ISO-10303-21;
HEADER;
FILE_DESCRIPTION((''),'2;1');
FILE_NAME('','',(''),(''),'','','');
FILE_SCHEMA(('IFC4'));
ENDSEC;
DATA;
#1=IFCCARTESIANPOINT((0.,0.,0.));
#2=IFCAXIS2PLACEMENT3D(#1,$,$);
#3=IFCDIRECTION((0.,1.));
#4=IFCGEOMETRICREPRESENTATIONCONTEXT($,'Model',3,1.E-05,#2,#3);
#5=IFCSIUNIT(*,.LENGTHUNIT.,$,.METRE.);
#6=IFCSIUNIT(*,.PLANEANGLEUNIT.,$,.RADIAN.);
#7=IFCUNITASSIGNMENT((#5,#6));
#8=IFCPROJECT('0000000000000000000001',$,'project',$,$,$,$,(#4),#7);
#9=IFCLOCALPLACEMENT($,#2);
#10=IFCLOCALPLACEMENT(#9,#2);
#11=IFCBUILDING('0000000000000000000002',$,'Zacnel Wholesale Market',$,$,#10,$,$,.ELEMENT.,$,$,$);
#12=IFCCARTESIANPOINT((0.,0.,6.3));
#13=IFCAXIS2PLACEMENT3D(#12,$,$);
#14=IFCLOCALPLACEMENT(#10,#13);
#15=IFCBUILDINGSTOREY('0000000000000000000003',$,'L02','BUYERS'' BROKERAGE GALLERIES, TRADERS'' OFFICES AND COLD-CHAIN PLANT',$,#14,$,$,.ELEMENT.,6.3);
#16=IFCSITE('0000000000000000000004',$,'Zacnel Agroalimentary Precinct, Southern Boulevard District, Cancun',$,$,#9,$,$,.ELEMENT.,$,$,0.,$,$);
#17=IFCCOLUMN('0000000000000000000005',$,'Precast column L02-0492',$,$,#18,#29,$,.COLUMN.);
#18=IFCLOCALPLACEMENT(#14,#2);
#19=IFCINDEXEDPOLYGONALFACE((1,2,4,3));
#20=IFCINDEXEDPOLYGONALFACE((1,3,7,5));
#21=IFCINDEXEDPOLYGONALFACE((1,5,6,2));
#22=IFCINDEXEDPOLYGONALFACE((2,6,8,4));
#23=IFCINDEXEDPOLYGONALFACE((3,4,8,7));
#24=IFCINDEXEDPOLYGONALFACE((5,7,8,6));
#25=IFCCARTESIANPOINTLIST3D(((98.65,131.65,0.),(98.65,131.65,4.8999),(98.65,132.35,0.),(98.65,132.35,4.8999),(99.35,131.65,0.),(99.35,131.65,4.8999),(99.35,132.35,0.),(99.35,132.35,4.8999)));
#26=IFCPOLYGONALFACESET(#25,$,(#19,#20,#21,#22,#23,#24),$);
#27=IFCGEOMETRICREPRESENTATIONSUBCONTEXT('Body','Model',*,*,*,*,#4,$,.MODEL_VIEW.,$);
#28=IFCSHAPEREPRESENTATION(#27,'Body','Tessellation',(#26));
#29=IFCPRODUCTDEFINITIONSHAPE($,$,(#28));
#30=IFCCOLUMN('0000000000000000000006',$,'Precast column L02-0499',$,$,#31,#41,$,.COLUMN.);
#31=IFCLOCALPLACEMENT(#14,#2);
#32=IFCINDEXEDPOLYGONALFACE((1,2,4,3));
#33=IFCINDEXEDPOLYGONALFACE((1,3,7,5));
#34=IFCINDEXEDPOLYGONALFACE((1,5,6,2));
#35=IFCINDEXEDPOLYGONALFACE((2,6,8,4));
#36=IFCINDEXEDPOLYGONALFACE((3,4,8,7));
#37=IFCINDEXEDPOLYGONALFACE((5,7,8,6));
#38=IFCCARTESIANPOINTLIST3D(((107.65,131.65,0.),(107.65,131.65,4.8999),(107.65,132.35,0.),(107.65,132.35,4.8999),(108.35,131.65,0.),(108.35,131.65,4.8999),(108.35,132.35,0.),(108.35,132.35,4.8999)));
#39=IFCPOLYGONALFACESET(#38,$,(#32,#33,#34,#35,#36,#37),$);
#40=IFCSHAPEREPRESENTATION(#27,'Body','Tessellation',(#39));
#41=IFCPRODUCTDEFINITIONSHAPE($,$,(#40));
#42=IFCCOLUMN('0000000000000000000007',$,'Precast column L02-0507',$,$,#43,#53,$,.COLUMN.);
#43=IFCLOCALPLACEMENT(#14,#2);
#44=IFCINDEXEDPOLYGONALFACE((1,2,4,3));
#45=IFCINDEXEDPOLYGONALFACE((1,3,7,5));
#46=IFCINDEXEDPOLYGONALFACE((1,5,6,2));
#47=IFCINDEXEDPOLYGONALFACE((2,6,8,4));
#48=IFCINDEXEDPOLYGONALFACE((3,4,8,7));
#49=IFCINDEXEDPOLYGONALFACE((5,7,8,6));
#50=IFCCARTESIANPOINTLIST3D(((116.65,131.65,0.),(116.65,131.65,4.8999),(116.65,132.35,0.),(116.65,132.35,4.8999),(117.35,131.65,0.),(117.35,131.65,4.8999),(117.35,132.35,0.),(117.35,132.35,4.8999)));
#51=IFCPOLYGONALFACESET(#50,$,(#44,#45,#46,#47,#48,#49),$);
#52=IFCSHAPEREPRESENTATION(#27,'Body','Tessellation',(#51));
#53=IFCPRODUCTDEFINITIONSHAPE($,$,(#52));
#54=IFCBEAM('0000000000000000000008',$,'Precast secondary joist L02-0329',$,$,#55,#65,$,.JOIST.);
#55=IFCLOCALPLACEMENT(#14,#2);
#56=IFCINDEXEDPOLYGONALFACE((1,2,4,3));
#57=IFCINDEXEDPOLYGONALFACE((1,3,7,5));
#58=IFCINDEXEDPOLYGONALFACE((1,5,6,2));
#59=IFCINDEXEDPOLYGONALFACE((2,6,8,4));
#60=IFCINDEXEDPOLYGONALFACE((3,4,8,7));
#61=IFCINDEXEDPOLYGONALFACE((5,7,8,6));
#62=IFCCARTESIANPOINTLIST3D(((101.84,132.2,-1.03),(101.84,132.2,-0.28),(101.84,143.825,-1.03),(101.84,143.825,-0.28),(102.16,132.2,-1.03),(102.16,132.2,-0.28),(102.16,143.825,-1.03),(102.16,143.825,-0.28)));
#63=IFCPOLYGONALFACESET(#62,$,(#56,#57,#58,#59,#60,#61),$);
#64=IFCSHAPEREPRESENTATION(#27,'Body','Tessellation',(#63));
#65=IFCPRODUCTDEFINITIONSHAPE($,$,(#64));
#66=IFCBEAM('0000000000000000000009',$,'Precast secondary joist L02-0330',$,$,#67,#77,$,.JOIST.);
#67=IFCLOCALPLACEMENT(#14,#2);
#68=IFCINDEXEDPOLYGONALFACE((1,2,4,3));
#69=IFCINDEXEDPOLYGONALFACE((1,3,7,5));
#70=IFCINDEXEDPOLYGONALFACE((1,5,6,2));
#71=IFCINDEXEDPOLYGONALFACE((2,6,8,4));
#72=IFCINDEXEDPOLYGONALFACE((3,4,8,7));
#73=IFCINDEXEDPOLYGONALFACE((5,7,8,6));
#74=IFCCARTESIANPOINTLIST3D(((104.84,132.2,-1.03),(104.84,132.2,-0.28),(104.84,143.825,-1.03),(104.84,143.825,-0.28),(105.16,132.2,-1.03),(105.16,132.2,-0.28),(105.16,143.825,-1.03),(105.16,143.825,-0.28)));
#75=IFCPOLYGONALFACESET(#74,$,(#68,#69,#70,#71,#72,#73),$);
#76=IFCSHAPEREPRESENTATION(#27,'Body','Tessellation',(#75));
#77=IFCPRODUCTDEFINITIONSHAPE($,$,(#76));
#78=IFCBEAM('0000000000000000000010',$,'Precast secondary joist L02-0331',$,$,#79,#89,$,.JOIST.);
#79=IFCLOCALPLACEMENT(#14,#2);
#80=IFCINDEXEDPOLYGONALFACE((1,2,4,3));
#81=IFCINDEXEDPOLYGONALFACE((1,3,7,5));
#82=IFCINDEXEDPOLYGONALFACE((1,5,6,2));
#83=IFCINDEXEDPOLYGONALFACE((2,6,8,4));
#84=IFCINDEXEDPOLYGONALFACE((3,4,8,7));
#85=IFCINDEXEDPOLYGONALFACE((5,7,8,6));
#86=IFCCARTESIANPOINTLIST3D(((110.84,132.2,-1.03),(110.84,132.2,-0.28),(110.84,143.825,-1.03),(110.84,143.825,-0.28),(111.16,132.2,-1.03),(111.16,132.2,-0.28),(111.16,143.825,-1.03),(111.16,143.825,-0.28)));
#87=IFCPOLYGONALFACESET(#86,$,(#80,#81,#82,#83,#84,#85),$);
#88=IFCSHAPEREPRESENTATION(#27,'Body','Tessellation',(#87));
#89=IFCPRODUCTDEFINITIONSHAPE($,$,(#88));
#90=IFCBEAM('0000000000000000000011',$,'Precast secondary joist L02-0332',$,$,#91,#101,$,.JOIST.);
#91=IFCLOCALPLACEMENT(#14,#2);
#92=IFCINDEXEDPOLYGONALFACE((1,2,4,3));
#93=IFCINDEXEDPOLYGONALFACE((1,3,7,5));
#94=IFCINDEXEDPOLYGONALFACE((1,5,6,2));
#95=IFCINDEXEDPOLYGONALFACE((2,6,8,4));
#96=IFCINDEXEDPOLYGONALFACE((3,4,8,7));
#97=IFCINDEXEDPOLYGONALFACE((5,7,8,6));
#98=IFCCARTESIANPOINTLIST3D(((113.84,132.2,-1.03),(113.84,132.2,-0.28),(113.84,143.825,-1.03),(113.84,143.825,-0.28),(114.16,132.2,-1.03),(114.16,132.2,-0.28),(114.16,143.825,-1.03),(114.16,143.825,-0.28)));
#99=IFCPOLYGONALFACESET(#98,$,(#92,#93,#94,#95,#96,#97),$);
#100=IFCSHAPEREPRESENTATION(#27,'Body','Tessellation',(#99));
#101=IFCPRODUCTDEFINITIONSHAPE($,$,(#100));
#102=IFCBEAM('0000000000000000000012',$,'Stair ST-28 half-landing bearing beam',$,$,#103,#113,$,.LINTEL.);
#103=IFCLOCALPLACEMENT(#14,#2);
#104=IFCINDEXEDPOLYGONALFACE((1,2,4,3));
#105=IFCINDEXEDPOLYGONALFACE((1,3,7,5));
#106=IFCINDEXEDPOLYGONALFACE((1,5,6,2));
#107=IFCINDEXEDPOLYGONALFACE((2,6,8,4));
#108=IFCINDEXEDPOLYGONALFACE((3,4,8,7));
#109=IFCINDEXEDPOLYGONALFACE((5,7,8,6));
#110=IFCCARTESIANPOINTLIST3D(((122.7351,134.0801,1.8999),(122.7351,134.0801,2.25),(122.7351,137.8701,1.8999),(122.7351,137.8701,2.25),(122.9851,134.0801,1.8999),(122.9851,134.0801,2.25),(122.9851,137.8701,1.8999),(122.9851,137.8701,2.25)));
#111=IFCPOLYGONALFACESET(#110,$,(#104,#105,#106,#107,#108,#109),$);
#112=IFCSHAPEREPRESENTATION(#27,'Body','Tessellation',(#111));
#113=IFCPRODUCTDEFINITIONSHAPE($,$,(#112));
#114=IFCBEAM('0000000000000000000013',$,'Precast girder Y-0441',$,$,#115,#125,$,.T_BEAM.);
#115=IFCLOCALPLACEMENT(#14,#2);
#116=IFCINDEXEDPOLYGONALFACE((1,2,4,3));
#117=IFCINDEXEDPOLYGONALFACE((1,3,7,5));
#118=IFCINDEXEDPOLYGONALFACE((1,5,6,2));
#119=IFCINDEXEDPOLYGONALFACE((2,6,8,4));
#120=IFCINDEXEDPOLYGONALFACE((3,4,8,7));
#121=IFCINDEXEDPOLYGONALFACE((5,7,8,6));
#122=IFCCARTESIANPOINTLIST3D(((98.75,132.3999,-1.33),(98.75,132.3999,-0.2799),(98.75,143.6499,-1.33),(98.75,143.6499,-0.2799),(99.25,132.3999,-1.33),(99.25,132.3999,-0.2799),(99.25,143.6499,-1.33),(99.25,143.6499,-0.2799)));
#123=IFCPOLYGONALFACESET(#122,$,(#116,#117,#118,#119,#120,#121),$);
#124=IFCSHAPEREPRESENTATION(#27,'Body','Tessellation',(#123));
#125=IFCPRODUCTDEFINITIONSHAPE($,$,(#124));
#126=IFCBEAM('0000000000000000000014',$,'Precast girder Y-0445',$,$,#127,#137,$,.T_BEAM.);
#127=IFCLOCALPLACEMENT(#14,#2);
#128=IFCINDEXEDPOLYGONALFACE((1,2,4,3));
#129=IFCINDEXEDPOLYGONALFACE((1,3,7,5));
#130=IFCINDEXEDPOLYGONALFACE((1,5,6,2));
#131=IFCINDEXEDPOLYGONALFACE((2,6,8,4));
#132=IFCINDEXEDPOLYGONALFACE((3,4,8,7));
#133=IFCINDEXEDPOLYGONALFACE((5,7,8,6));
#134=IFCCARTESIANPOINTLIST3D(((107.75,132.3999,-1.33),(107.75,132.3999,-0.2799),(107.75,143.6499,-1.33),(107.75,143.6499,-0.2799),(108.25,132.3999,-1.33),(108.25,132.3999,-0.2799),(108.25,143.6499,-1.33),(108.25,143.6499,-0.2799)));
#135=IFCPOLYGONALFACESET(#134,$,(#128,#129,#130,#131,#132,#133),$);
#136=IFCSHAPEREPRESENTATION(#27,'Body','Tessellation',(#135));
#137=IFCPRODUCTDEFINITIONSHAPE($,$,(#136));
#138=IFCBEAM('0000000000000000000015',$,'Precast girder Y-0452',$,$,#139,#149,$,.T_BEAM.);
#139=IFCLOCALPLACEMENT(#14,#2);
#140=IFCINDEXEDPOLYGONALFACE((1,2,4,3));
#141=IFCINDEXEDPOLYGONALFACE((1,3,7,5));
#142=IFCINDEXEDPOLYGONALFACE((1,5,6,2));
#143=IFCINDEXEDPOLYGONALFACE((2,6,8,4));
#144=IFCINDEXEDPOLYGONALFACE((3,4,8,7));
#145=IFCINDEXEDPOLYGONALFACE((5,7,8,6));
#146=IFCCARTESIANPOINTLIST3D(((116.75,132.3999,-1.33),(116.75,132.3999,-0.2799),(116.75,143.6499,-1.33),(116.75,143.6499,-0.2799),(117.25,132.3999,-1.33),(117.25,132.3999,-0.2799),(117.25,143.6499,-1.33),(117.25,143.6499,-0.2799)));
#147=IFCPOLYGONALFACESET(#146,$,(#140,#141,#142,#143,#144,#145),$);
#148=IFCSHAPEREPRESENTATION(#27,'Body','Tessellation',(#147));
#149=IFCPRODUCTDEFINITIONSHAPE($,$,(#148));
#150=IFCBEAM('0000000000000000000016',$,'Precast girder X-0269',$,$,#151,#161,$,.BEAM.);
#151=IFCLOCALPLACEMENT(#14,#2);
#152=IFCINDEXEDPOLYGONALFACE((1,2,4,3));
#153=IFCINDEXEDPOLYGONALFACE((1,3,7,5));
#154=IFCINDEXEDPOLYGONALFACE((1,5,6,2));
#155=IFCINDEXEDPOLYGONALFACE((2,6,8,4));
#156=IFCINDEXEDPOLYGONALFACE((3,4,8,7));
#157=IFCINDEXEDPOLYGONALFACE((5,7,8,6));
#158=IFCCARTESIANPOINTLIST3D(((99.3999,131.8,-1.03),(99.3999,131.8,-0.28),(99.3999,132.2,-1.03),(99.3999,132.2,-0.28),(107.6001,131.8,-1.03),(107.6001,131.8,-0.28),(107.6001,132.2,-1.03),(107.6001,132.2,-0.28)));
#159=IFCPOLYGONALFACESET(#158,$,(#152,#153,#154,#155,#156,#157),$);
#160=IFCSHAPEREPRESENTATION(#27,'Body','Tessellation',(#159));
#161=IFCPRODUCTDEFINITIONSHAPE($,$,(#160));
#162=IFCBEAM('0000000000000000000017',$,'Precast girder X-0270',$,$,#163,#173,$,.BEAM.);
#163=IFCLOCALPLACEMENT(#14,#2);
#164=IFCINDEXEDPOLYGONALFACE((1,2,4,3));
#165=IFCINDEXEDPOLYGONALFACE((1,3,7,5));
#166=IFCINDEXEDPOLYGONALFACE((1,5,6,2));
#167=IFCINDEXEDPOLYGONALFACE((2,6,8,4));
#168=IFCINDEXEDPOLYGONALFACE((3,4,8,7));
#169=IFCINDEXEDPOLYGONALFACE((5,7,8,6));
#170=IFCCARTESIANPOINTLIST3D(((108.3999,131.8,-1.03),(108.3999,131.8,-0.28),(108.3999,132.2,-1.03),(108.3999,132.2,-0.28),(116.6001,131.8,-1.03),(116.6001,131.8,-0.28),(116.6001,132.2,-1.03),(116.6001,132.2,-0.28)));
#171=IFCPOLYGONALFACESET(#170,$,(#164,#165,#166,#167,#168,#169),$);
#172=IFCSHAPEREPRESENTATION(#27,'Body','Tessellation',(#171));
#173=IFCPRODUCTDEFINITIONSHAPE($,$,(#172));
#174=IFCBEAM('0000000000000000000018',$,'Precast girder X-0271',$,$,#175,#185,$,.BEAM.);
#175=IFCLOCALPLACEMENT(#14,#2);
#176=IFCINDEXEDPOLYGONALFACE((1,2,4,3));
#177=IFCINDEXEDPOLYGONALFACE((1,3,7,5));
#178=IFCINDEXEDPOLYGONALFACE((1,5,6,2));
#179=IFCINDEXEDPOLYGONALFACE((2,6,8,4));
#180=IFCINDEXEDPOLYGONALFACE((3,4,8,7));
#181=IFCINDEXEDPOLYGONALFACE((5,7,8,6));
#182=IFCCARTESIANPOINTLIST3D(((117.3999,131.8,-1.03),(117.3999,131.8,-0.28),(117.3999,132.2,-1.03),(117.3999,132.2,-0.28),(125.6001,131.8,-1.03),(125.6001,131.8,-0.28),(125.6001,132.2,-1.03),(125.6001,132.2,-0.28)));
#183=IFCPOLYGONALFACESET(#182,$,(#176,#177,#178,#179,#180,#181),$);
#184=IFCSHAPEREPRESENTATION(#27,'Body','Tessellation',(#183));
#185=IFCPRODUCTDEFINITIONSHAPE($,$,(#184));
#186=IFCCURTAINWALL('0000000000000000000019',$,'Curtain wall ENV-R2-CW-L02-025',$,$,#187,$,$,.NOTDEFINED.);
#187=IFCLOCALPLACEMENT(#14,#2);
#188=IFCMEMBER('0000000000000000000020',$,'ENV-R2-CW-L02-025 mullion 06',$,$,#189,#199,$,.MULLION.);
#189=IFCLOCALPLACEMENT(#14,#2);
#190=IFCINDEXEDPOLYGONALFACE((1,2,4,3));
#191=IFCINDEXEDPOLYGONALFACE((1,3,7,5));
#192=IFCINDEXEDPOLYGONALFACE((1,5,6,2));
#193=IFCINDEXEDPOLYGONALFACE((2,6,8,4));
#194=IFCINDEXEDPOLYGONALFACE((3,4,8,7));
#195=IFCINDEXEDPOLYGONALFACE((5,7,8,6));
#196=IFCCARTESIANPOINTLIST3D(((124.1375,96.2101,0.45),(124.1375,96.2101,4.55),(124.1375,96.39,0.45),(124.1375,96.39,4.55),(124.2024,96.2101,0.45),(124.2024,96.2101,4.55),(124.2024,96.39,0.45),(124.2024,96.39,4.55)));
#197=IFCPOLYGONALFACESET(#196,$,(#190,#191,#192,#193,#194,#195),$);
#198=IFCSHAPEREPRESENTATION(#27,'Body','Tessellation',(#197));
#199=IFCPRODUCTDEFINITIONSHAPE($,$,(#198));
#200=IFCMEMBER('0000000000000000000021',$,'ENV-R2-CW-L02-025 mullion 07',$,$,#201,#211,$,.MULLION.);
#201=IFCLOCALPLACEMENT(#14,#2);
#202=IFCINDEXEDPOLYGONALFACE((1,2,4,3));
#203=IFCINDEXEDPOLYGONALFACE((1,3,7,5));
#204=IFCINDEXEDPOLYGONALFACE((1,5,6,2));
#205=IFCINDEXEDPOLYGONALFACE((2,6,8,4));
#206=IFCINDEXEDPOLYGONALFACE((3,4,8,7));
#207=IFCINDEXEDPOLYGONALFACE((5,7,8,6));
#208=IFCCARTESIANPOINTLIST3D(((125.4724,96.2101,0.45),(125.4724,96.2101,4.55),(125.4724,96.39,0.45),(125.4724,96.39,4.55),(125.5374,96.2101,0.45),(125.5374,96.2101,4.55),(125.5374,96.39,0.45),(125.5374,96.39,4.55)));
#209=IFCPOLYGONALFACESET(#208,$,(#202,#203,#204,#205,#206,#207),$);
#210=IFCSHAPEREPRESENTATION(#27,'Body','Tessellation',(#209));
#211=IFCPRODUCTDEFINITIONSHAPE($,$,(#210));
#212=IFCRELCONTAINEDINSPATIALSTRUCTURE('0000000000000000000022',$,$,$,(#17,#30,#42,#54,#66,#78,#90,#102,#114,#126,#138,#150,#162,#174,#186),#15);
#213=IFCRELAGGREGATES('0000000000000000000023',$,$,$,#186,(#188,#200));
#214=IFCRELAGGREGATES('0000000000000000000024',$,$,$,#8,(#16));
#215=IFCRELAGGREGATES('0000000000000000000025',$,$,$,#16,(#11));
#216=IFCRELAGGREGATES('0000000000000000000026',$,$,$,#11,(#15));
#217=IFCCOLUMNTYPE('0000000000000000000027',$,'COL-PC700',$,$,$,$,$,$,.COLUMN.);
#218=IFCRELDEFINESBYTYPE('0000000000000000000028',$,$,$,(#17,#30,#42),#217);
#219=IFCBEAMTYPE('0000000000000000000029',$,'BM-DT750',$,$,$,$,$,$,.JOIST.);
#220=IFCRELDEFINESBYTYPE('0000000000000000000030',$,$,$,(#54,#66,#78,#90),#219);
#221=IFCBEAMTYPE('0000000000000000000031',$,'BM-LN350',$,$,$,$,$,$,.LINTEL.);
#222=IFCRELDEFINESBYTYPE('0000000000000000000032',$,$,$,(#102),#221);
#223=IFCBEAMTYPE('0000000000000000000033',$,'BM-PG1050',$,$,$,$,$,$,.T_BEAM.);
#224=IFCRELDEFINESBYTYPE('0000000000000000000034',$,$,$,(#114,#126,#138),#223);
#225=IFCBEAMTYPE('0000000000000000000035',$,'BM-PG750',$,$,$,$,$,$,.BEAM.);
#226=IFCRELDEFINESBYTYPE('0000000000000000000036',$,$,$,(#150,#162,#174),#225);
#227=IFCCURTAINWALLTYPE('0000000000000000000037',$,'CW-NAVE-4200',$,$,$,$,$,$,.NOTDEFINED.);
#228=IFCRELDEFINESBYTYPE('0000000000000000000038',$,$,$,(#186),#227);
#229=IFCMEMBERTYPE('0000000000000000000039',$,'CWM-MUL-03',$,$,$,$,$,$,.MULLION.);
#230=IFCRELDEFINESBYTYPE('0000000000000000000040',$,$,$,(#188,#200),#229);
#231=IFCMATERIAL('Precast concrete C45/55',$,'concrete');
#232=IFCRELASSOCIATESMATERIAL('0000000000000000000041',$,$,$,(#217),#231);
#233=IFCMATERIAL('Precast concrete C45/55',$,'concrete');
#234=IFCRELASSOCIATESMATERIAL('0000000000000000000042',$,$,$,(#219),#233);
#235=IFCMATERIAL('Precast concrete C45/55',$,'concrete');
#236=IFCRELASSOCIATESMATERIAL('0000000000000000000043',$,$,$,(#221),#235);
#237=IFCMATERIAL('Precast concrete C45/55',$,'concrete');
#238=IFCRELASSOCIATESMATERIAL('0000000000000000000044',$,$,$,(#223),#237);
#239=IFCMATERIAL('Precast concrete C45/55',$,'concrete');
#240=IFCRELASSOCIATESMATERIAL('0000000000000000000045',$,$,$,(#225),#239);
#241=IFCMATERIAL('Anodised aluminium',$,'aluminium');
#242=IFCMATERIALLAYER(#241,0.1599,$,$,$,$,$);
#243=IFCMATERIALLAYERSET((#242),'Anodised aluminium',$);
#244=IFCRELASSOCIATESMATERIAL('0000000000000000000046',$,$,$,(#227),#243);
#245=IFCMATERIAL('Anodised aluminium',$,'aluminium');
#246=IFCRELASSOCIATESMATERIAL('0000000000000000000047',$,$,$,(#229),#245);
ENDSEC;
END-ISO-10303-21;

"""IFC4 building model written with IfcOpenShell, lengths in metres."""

from ifc_helpers import new_model, si_unit, direction, frame, origin, origin_2d, place, context, subcontext, project, spatial, rectangle, extrude, material, layer, layer_set, material_profile, profile_set, type_object, element, aggregate, save


model = new_model("IFC4")

# Units and contexts
model_context = context("Model", 3, precision=1e-05, world=origin(), true_north=direction((0.0, 1.0)))
body_context = subcontext(model_context, "Body", "Model", "MODEL_VIEW")
ifc_project = project(units=[si_unit("LENGTHUNIT", "METRE"), si_unit("PLANEANGLEUNIT", "RADIAN")], contexts=[model_context])

# Site, building, storey
site_placement = place(None, origin())
site = spatial("IfcSite", under=ifc_project, at=site_placement, Name="Zacnel Agroalimentary Precinct, Southern Boulevard District, Cancun", CompositionType="ELEMENT", RefElevation=0.0)
building_placement = place(site_placement, origin())
building = spatial("IfcBuilding", under=site, at=building_placement, Name="Zacnel Wholesale Market", CompositionType="ELEMENT")
storey_placement = place(building_placement, frame((0.0, 0.0, 6.3)))
storey = spatial("IfcBuildingStorey", under=building, at=storey_placement, Name="L02", Description="BUYERS' BROKERAGE GALLERIES, TRADERS' OFFICES AND COLD-CHAIN PLANT", CompositionType="ELEMENT", Elevation=6.3)

# Columns
ifc_material_1 = material(Name="Precast concrete C45/55", Category="concrete")
ifc_material_profile_1 = material_profile(ifc_material_1, rectangle(XDim=0.7, YDim=0.7, at=origin_2d()), Name="PC 700x700")
ifc_profile_set_1 = profile_set([ifc_material_profile_1], Name="Precast concrete C45/55")
column_type = type_object("IfcColumnType", Name="COL-PC700", PredefinedType="COLUMN", material=ifc_profile_set_1)
for number, where, z_axis, x_axis, name in (
    (1, (99.0, 132.0, 0.0), (0.0, 0.0, 1.0), (1.0, 0.0, 0.0), "Precast column L02-0492"),
    (2, (108.0, 132.0, 0.0), (0.0, 0.0, 1.0), (1.0, 0.0, 0.0), "Precast column L02-0499"),
    (3, (117.0, 132.0, 0.0), (0.0, 0.0, 1.0), (1.0, 0.0, 0.0), "Precast column L02-0507"),
):
    element("IfcColumn", number, at=place(storey_placement, frame(where, z_axis=z_axis, x_axis=x_axis)), inside=storey, type_object=column_type, Name=name, PredefinedType="COLUMN", context=body_context, shape_type="SweptSolid", body=[
        extrude(rectangle(XDim=0.7, YDim=0.7, at=origin_2d()), origin(), (0.0, 0.0, 1.0), 4.8999),
    ])

# Beams
ifc_material_2 = material(Name="Precast concrete C45/55", Category="concrete")
ifc_material_profile_2 = material_profile(ifc_material_2, rectangle(XDim=0.3201, YDim=0.75, at=origin_2d()), Name="DT RIB 320x750")
ifc_profile_set_2 = profile_set([ifc_material_profile_2], Name="Precast concrete C45/55")
beam_type_1 = type_object("IfcBeamType", Name="BM-DT750", PredefinedType="JOIST", material=ifc_profile_set_2)
for number, where, z_axis, x_axis, name in (
    (4, (102.0, 132.2, -0.655), (0.0, 1.0, 0.0), (-1.0, 0.0, 0.0), "Precast secondary joist L02-0329"),
    (5, (105.0, 132.2, -0.655), (0.0, 1.0, 0.0), (-1.0, 0.0, 0.0), "Precast secondary joist L02-0330"),
    (6, (111.0, 132.2, -0.655), (0.0, 1.0, 0.0), (-1.0, 0.0, 0.0), "Precast secondary joist L02-0331"),
    (7, (114.0, 132.2, -0.655), (0.0, 1.0, 0.0), (-1.0, 0.0, 0.0), "Precast secondary joist L02-0332"),
):
    element("IfcBeam", number, at=place(storey_placement, frame(where, z_axis=z_axis, x_axis=x_axis)), inside=storey, type_object=beam_type_1, Name=name, PredefinedType="JOIST", context=body_context, shape_type="SweptSolid", body=[
        extrude(rectangle(XDim=0.3201, YDim=0.75, at=origin_2d()), origin(), (0.0, 0.0, 1.0), 11.625),
    ])
ifc_material_3 = material(Name="Precast concrete C45/55", Category="concrete")
ifc_material_profile_3 = material_profile(ifc_material_3, rectangle(XDim=0.25, YDim=0.3501, at=origin_2d()), Name="LN 250x350")
ifc_profile_set_3 = profile_set([ifc_material_profile_3], Name="Precast concrete C45/55")
beam_type_2 = type_object("IfcBeamType", Name="BM-LN350", PredefinedType="LINTEL", material=ifc_profile_set_3)
beam_placement = place(storey_placement, frame((122.8601, 134.0801, 2.075), z_axis=(0.0, 1.0, 0.0), x_axis=(-1.0, 0.0, 0.0)))
element("IfcBeam", 8, at=beam_placement, inside=storey, type_object=beam_type_2, Name="Stair ST-28 half-landing bearing beam", PredefinedType="LINTEL", context=body_context, shape_type="SweptSolid", body=[
    extrude(rectangle(XDim=0.25, YDim=0.3501, at=origin_2d()), origin(), (0.0, 0.0, 1.0), 3.79),
])
ifc_material_4 = material(Name="Precast concrete C45/55", Category="concrete")
ifc_material_profile_4 = material_profile(ifc_material_4, rectangle(XDim=0.5, YDim=1.05, at=origin_2d()), Name="PG 500x1050")
ifc_profile_set_4 = profile_set([ifc_material_profile_4], Name="Precast concrete C45/55")
beam_type_3 = type_object("IfcBeamType", Name="BM-PG1050", PredefinedType="T_BEAM", material=ifc_profile_set_4)
for number, where, z_axis, x_axis, name in (
    (9, (99.0, 132.3999, -0.8049), (0.0, 1.0, 0.0), (-1.0, 0.0, 0.0), "Precast girder Y-0441"),
    (10, (108.0, 132.3999, -0.8049), (0.0, 1.0, 0.0), (-1.0, 0.0, 0.0), "Precast girder Y-0445"),
    (11, (117.0, 132.3999, -0.8049), (0.0, 1.0, 0.0), (-1.0, 0.0, 0.0), "Precast girder Y-0452"),
):
    element("IfcBeam", number, at=place(storey_placement, frame(where, z_axis=z_axis, x_axis=x_axis)), inside=storey, type_object=beam_type_3, Name=name, PredefinedType="T_BEAM", context=body_context, shape_type="SweptSolid", body=[
        extrude(rectangle(XDim=0.5, YDim=1.05, at=origin_2d()), origin(), (0.0, 0.0, 1.0), 11.25),
    ])
ifc_material_5 = material(Name="Precast concrete C45/55", Category="concrete")
ifc_material_profile_5 = material_profile(ifc_material_5, rectangle(XDim=0.3999, YDim=0.75, at=origin_2d()), Name="PG 400x750")
ifc_profile_set_5 = profile_set([ifc_material_profile_5], Name="Precast concrete C45/55")
beam_type_4 = type_object("IfcBeamType", Name="BM-PG750", PredefinedType="BEAM", material=ifc_profile_set_5)
for number, where, z_axis, x_axis, name in (
    (12, (99.3999, 132.0, -0.655), (1.0, 0.0, 0.0), (0.0, 1.0, 0.0), "Precast girder X-0269"),
    (13, (108.3999, 132.0, -0.655), (1.0, 0.0, 0.0), (0.0, 1.0, 0.0), "Precast girder X-0270"),
    (14, (117.3999, 132.0, -0.655), (1.0, 0.0, 0.0), (0.0, 1.0, 0.0), "Precast girder X-0271"),
):
    element("IfcBeam", number, at=place(storey_placement, frame(where, z_axis=z_axis, x_axis=x_axis)), inside=storey, type_object=beam_type_4, Name=name, PredefinedType="BEAM", context=body_context, shape_type="SweptSolid", body=[
        extrude(rectangle(XDim=0.3999, YDim=0.75, at=origin_2d()), origin(), (0.0, 0.0, 1.0), 8.2002),
    ])

# Curtain wall, members
ifc_material_6 = material(Name="Anodised aluminium", Category="aluminium")
ifc_layer_1 = layer(ifc_material_6, 0.1599)
ifc_layer_set_1 = layer_set([ifc_layer_1], Name="Anodised aluminium")
curtain_wall_type = type_object("IfcCurtainWallType", Name="CW-NAVE-4200", PredefinedType="NOTDEFINED", material=ifc_layer_set_1)
curtain_wall_placement = place(storey_placement, origin())
curtain_wall = element("IfcCurtainWall", 15, at=curtain_wall_placement, inside=storey, type_object=curtain_wall_type, Name="Curtain wall ENV-R2-CW-L02-025", PredefinedType="NOTDEFINED")
ifc_material_7 = material(Name="Anodised aluminium", Category="aluminium")
ifc_material_profile_6 = material_profile(ifc_material_7, rectangle(XDim=0.0649, YDim=0.1799, at=origin_2d()), Name="AW-MULLION 65x180")
ifc_profile_set_6 = profile_set([ifc_material_profile_6], Name="Anodised aluminium")
member_type_1 = type_object("IfcMemberType", Name="CWM-MUL-03", PredefinedType="MULLION", material=ifc_profile_set_6)
member_1_placement = place(storey_placement, frame((124.1699, 96.3, 0.45), z_axis=(0.0, 0.0, 1.0), x_axis=(1.0, 0.0, 0.0)))
member_1 = element("IfcMember", 16, at=member_1_placement, type_object=member_type_1, Name="ENV-R2-CW-L02-025 mullion 06", PredefinedType="MULLION", context=body_context, shape_type="SweptSolid", body=[
    extrude(rectangle(XDim=0.0649, YDim=0.1799, at=origin_2d()), origin(), (0.0, 0.0, 1.0), 4.1001),
])
member_2_placement = place(storey_placement, frame((125.5049, 96.3, 0.45), z_axis=(0.0, 0.0, 1.0), x_axis=(1.0, 0.0, 0.0)))
member_2 = element("IfcMember", 17, at=member_2_placement, type_object=member_type_1, Name="ENV-R2-CW-L02-025 mullion 07", PredefinedType="MULLION", context=body_context, shape_type="SweptSolid", body=[
    extrude(rectangle(XDim=0.0649, YDim=0.1799, at=origin_2d()), origin(), (0.0, 0.0, 1.0), 4.1001),
])
aggregate(curtain_wall, [member_1, member_2])

save(model, "model.ifc")
